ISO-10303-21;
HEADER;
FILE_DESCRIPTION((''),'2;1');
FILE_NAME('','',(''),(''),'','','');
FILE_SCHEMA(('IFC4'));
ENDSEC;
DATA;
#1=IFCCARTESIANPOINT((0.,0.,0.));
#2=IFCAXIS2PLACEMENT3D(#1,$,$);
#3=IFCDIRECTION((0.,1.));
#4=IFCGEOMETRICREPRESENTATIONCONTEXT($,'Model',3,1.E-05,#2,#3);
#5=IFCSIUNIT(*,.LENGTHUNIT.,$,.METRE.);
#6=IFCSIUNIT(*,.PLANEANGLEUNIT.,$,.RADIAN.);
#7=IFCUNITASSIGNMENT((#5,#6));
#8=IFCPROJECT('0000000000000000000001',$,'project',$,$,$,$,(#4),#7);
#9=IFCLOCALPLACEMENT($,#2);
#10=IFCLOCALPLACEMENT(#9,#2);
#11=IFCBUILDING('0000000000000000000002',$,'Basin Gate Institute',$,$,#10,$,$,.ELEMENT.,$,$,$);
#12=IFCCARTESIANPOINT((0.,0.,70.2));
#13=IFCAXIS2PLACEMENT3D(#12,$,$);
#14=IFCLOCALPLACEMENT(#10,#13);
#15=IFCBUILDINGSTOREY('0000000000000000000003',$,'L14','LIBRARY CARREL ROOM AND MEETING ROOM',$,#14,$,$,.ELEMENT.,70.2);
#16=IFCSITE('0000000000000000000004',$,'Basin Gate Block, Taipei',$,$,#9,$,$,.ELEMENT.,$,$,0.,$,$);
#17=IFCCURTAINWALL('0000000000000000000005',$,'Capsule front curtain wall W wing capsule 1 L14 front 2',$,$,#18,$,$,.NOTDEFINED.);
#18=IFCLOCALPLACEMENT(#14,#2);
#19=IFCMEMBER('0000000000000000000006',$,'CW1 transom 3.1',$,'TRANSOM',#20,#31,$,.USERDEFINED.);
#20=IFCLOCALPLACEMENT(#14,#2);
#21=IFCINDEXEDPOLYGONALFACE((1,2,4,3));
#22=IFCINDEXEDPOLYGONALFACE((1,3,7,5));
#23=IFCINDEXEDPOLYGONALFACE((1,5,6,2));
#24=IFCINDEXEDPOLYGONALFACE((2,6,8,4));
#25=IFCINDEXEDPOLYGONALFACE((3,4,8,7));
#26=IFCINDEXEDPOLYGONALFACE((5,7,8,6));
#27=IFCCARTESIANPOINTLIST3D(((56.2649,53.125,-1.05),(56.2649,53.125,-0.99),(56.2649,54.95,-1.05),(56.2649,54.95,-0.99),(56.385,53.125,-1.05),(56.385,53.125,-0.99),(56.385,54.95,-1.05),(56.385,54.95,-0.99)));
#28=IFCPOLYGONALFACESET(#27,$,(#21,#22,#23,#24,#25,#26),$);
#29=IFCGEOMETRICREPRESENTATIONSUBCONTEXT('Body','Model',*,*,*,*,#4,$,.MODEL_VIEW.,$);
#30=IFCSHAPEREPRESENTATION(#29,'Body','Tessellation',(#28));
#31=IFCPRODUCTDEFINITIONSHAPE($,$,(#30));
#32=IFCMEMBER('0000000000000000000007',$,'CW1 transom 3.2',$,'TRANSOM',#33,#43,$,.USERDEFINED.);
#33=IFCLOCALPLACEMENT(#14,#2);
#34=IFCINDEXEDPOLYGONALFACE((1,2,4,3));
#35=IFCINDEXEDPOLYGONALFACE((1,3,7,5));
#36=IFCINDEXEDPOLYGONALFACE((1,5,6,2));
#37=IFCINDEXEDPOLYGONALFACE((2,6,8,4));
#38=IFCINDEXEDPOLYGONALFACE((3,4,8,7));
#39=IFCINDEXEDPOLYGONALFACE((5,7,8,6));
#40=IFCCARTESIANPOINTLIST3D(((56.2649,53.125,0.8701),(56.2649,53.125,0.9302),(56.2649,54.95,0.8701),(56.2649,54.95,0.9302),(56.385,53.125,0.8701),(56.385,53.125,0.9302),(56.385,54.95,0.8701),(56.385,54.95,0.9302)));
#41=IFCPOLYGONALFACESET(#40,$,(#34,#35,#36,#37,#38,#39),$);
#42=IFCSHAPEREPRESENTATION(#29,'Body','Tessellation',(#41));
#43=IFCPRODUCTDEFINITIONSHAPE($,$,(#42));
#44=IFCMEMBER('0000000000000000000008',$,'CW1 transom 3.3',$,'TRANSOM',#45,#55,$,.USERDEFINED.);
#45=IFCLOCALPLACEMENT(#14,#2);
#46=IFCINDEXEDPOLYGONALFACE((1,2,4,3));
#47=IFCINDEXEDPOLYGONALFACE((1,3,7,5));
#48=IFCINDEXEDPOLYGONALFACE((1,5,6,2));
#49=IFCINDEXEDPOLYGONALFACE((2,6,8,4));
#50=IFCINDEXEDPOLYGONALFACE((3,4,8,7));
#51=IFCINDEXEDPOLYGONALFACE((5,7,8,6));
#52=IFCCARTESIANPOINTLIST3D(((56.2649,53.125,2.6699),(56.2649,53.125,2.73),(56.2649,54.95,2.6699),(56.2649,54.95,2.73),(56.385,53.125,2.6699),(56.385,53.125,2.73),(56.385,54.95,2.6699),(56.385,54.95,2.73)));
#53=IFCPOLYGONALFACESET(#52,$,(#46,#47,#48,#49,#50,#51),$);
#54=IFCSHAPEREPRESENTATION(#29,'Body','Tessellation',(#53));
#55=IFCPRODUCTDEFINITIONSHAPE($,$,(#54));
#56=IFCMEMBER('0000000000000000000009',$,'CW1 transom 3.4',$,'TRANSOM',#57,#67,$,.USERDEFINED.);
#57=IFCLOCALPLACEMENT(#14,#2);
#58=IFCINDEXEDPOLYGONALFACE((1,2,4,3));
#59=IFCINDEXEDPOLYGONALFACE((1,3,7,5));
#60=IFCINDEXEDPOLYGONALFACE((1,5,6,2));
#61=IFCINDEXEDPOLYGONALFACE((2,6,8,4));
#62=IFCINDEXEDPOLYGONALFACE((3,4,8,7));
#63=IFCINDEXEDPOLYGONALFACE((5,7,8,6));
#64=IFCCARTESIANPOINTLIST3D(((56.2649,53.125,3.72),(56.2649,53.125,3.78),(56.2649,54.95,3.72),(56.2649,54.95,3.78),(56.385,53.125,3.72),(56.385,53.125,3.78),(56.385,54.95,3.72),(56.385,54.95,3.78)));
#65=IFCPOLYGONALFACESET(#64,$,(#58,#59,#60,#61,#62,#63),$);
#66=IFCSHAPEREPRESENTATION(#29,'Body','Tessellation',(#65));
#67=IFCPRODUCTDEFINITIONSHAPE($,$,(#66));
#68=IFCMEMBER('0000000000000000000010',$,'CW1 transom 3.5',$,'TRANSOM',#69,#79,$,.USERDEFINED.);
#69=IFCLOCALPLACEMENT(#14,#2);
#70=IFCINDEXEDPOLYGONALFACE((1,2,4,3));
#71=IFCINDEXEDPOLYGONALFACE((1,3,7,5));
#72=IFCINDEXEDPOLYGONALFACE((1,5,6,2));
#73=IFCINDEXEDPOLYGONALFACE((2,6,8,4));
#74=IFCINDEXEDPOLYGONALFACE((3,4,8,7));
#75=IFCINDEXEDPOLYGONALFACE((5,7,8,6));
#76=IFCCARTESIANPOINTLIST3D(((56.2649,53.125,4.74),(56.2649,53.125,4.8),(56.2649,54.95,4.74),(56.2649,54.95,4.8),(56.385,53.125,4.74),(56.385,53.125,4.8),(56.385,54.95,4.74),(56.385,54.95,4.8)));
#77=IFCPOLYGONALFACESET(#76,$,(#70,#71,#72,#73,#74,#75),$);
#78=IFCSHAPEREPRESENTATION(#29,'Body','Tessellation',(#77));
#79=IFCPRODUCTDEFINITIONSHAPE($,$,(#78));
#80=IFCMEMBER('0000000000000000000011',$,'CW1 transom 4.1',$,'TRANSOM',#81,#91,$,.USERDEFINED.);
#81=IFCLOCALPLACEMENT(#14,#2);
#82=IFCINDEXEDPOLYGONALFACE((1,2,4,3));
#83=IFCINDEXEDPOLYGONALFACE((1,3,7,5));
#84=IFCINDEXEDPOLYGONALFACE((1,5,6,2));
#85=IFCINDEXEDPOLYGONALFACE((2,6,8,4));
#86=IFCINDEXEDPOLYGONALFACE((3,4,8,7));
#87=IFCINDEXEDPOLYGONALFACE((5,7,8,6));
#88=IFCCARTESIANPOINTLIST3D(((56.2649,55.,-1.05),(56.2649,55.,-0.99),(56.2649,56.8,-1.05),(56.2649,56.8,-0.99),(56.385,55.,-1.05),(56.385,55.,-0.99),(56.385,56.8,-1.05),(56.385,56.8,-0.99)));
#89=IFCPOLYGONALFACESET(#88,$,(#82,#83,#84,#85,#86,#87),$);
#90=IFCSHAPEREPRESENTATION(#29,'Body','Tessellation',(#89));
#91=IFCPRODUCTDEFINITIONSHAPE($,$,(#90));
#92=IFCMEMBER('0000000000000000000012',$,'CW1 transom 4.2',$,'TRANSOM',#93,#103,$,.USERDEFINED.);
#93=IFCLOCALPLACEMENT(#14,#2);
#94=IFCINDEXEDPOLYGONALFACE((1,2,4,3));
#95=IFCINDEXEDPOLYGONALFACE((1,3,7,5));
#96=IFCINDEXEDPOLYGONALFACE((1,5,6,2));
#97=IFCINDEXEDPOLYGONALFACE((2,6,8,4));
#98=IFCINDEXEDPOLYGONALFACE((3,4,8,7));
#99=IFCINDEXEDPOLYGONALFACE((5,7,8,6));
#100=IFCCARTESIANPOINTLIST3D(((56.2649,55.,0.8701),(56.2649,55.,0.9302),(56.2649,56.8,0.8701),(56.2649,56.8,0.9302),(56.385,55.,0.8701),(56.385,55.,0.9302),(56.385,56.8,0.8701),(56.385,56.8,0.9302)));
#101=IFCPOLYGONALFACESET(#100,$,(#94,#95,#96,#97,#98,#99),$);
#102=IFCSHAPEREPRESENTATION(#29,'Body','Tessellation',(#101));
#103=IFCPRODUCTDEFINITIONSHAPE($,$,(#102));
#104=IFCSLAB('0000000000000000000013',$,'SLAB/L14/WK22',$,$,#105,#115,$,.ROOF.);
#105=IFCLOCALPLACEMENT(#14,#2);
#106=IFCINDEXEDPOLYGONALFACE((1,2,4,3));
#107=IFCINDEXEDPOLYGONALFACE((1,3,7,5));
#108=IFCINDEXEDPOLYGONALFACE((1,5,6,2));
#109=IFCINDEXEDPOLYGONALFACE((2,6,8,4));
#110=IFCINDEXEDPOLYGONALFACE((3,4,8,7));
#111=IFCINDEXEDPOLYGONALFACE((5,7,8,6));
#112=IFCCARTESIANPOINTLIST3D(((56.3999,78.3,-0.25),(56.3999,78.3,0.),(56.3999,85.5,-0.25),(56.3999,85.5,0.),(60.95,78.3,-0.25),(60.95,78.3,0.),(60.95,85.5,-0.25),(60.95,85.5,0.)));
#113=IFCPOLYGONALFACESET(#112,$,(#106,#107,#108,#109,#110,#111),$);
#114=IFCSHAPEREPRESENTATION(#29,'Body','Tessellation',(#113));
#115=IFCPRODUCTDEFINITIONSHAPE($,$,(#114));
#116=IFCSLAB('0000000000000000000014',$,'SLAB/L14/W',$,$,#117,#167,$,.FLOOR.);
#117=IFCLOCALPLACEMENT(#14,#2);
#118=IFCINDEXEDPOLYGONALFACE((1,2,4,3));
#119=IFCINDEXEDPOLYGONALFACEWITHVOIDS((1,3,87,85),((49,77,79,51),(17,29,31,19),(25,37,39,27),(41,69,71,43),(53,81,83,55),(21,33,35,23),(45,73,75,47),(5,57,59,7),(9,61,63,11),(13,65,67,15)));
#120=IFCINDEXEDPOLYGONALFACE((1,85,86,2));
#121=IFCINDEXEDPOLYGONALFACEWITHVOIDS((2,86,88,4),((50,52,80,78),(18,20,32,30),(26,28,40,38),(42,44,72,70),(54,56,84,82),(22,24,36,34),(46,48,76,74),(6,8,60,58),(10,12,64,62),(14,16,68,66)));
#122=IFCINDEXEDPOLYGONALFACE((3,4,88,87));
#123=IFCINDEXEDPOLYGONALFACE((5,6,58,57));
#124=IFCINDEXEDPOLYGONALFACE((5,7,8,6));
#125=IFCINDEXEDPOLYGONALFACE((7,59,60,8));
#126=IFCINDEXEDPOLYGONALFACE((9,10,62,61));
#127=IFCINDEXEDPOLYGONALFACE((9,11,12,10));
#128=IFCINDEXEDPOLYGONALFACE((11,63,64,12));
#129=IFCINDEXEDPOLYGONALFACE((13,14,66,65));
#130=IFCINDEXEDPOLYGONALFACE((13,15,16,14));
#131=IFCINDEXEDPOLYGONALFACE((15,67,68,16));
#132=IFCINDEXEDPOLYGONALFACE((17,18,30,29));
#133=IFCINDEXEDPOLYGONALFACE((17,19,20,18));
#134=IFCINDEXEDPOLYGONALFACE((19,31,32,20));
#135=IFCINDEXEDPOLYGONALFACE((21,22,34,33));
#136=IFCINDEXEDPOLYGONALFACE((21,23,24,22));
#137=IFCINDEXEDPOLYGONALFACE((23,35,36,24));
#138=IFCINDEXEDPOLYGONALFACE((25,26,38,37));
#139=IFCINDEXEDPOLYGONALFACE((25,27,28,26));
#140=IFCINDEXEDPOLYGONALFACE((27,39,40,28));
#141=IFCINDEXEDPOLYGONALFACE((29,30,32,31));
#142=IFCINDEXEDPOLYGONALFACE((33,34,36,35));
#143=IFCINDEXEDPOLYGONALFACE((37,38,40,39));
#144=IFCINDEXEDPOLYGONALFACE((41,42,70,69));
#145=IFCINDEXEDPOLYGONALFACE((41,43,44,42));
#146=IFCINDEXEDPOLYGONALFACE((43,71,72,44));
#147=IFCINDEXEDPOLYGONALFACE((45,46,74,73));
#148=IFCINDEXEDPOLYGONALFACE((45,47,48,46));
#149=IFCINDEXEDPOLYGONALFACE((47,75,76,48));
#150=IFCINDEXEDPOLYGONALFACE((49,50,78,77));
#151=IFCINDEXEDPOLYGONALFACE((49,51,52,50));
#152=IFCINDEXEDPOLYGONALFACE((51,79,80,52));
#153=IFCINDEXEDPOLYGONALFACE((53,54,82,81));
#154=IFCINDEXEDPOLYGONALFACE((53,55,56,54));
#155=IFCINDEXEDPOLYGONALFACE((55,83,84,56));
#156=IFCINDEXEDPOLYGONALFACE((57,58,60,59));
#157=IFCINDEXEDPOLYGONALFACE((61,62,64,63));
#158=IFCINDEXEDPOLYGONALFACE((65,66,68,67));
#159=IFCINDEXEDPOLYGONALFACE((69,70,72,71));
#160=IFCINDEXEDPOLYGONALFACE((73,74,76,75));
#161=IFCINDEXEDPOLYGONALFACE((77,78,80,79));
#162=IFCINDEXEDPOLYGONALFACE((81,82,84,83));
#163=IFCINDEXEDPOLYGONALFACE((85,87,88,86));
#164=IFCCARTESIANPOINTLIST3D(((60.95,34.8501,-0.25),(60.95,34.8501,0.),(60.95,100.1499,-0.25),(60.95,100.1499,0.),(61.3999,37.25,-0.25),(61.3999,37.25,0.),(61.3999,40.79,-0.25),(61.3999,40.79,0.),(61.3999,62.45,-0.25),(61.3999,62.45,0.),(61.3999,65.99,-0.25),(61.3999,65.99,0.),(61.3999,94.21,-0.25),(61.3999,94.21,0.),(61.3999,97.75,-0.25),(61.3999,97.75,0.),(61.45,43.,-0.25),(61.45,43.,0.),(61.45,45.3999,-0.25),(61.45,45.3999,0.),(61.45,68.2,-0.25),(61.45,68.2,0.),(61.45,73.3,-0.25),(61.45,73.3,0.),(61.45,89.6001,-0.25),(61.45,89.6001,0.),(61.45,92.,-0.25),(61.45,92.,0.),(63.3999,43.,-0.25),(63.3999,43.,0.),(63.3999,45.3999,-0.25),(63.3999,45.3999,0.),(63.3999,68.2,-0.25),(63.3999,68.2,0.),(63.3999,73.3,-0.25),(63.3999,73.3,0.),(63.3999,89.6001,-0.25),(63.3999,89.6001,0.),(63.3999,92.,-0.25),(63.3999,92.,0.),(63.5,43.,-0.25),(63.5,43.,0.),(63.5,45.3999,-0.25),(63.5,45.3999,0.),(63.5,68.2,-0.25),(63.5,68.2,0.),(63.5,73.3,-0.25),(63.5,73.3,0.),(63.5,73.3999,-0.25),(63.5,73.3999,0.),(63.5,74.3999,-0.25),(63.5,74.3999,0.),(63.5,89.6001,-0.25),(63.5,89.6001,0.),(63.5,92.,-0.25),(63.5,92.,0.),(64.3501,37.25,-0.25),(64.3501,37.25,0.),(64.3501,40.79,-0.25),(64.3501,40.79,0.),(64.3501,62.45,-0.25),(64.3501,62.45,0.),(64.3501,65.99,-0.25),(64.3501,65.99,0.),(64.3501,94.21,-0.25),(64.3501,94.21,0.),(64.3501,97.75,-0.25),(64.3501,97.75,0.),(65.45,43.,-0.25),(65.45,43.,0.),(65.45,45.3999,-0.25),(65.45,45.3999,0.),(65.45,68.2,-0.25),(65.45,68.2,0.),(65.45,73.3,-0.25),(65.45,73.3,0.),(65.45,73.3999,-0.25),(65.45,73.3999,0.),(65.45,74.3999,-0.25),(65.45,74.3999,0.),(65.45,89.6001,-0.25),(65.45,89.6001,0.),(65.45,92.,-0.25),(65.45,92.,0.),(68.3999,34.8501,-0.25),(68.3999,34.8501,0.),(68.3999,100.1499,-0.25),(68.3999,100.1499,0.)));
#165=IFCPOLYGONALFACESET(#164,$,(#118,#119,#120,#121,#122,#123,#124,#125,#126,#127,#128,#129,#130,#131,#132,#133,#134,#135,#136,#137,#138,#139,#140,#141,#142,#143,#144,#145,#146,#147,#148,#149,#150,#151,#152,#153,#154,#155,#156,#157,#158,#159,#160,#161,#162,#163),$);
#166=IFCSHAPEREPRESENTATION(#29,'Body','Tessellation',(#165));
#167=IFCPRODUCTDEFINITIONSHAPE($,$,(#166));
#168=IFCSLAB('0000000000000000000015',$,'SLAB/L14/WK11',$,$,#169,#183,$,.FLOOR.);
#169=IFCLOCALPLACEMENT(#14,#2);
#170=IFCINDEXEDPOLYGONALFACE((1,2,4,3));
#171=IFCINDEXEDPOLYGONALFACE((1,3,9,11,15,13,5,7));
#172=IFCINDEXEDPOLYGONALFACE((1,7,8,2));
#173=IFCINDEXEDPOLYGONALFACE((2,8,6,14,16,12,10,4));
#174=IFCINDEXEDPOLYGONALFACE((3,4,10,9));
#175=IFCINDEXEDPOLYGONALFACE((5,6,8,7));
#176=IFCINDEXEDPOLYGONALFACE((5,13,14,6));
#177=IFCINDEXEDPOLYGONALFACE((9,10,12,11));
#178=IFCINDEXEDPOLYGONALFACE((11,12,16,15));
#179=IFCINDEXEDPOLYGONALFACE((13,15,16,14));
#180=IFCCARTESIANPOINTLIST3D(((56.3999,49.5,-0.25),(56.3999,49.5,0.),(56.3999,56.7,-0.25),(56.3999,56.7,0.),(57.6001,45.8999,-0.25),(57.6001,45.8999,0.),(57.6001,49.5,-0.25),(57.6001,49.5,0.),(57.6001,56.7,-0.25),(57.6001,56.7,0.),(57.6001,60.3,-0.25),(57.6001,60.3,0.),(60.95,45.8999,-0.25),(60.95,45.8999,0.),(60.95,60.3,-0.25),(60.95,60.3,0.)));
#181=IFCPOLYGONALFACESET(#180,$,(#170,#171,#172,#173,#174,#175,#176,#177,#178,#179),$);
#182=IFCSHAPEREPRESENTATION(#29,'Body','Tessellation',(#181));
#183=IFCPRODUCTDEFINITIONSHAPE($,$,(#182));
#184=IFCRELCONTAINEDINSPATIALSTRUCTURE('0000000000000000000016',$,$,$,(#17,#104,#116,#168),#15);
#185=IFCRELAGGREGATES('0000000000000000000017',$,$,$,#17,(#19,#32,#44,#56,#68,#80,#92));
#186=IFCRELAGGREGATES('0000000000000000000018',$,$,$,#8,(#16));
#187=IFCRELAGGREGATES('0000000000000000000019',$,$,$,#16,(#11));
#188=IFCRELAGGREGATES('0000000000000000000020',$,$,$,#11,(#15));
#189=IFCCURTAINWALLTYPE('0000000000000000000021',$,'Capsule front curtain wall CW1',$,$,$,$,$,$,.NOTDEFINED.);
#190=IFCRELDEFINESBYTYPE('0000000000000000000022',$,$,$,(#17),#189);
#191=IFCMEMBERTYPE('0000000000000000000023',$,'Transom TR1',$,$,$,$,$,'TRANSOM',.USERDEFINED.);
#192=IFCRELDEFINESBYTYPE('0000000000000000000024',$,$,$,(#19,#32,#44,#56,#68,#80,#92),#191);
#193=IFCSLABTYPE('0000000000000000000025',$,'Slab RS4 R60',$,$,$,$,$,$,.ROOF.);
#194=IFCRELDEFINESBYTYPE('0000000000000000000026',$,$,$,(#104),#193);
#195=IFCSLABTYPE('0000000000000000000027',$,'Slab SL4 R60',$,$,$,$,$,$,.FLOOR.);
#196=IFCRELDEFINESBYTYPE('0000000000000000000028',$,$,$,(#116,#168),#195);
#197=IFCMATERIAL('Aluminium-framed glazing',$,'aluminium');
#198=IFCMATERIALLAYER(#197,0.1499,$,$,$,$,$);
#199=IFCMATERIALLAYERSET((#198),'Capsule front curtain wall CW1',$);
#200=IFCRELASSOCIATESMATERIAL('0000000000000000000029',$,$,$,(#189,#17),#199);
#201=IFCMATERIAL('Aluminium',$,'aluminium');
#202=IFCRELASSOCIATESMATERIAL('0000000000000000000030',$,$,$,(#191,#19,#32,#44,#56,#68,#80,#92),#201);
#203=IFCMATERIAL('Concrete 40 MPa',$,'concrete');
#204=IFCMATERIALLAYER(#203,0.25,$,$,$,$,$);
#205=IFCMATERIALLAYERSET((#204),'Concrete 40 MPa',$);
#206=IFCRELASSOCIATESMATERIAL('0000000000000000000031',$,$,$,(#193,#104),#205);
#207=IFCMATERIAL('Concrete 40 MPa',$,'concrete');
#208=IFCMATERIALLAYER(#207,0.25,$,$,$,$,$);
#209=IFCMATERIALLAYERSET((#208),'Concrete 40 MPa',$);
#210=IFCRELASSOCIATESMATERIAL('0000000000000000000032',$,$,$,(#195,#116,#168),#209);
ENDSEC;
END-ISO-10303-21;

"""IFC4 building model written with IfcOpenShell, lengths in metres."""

from ifc_helpers import new_model, si_unit, direction, frame, origin, origin_2d, place, context, subcontext, project, spatial, polyline, rectangle, outline, extrude, material, layer, layer_set, material_profile, profile_set, type_object, element, aggregate, save


model = new_model("IFC4")

# Units and contexts
model_context = context("Model", 3, precision=1e-05, world=origin(), true_north=direction((0.0, 1.0)))
body_context = subcontext(model_context, "Body", "Model", "MODEL_VIEW")
ifc_project = project(units=[si_unit("LENGTHUNIT", "METRE"), si_unit("PLANEANGLEUNIT", "RADIAN")], contexts=[model_context])

# Site, building, storey
site_placement = place(None, origin())
site = spatial("IfcSite", under=ifc_project, at=site_placement, Name="Basin Gate Block, Taipei", CompositionType="ELEMENT", RefElevation=0.0)
building_placement = place(site_placement, origin())
building = spatial("IfcBuilding", under=site, at=building_placement, Name="Basin Gate Institute", CompositionType="ELEMENT")
storey_placement = place(building_placement, frame((0.0, 0.0, 70.2)))
storey = spatial("IfcBuildingStorey", under=building, at=storey_placement, Name="L14", Description="LIBRARY CARREL ROOM AND MEETING ROOM", CompositionType="ELEMENT", Elevation=70.2)

# Curtain wall, members
ifc_material_1 = material(Name="Aluminium-framed glazing", Category="aluminium")
ifc_layer_1 = layer(ifc_material_1, 0.1499)
ifc_layer_set_1 = layer_set([ifc_layer_1], Name="Capsule front curtain wall CW1")
curtain_wall_type = type_object("IfcCurtainWallType", Name="Capsule front curtain wall CW1", PredefinedType="NOTDEFINED", material=ifc_layer_set_1)
curtain_wall_placement = place(storey_placement, origin())
curtain_wall = element("IfcCurtainWall", 1, at=curtain_wall_placement, inside=storey, type_object=curtain_wall_type, material=ifc_layer_set_1, Name="Capsule front curtain wall W wing capsule 1 L14 front 2", PredefinedType="NOTDEFINED")
ifc_material_2 = material(Name="Aluminium", Category="aluminium")
ifc_material_profile_1 = material_profile(ifc_material_2, rectangle(XDim=0.1201, YDim=0.0601, at=origin_2d()), Name="Transom TR1 120 x 60")
ifc_profile_set_1 = profile_set([ifc_material_profile_1], Name="Aluminium")
member_type_1 = type_object("IfcMemberType", Name="Transom TR1", ElementType="TRANSOM", PredefinedType="USERDEFINED", material=ifc_profile_set_1)
member_1_placement = place(storey_placement, frame((56.325, 53.125, -1.02), z_axis=(0.0, 1.0, 0.0), x_axis=(-1.0, 0.0, 0.0)))
member_1 = element("IfcMember", 2, at=member_1_placement, type_object=member_type_1, material=ifc_profile_set_1, Name="CW1 transom 3.1", ObjectType="TRANSOM", PredefinedType="USERDEFINED", context=body_context, shape_type="SweptSolid", body=[
    extrude(rectangle(XDim=0.1201, YDim=0.0601, at=origin_2d()), origin(), (0.0, 0.0, 1.0), 1.825),
])
member_2_placement = place(storey_placement, frame((56.325, 53.125, 0.9001), z_axis=(0.0, 1.0, 0.0), x_axis=(-1.0, 0.0, 0.0)))
member_2 = element("IfcMember", 3, at=member_2_placement, type_object=member_type_1, material=ifc_profile_set_1, Name="CW1 transom 3.2", ObjectType="TRANSOM", PredefinedType="USERDEFINED", context=body_context, shape_type="SweptSolid", body=[
    extrude(rectangle(XDim=0.1201, YDim=0.0601, at=origin_2d()), origin(), (0.0, 0.0, 1.0), 1.825),
])
member_3_placement = place(storey_placement, frame((56.325, 53.125, 2.7), z_axis=(0.0, 1.0, 0.0), x_axis=(-1.0, 0.0, 0.0)))
member_3 = element("IfcMember", 4, at=member_3_placement, type_object=member_type_1, material=ifc_profile_set_1, Name="CW1 transom 3.3", ObjectType="TRANSOM", PredefinedType="USERDEFINED", context=body_context, shape_type="SweptSolid", body=[
    extrude(rectangle(XDim=0.1201, YDim=0.0601, at=origin_2d()), origin(), (0.0, 0.0, 1.0), 1.825),
])
member_4_placement = place(storey_placement, frame((56.325, 53.125, 3.75), z_axis=(0.0, 1.0, 0.0), x_axis=(-1.0, 0.0, 0.0)))
member_4 = element("IfcMember", 5, at=member_4_placement, type_object=member_type_1, material=ifc_profile_set_1, Name="CW1 transom 3.4", ObjectType="TRANSOM", PredefinedType="USERDEFINED", context=body_context, shape_type="SweptSolid", body=[
    extrude(rectangle(XDim=0.1201, YDim=0.0601, at=origin_2d()), origin(), (0.0, 0.0, 1.0), 1.825),
])
member_5_placement = place(storey_placement, frame((56.325, 53.125, 4.77), z_axis=(0.0, 1.0, 0.0), x_axis=(-1.0, 0.0, 0.0)))
member_5 = element("IfcMember", 6, at=member_5_placement, type_object=member_type_1, material=ifc_profile_set_1, Name="CW1 transom 3.5", ObjectType="TRANSOM", PredefinedType="USERDEFINED", context=body_context, shape_type="SweptSolid", body=[
    extrude(rectangle(XDim=0.1201, YDim=0.0601, at=origin_2d()), origin(), (0.0, 0.0, 1.0), 1.825),
])
member_6_placement = place(storey_placement, frame((56.325, 55.0, -1.02), z_axis=(0.0, 1.0, 0.0), x_axis=(-1.0, 0.0, 0.0)))
member_6 = element("IfcMember", 7, at=member_6_placement, type_object=member_type_1, material=ifc_profile_set_1, Name="CW1 transom 4.1", ObjectType="TRANSOM", PredefinedType="USERDEFINED", context=body_context, shape_type="SweptSolid", body=[
    extrude(rectangle(XDim=0.1201, YDim=0.0601, at=origin_2d()), origin(), (0.0, 0.0, 1.0), 1.8),
])
member_7_placement = place(storey_placement, frame((56.325, 55.0, 0.9001), z_axis=(0.0, 1.0, 0.0), x_axis=(-1.0, 0.0, 0.0)))
member_7 = element("IfcMember", 8, at=member_7_placement, type_object=member_type_1, material=ifc_profile_set_1, Name="CW1 transom 4.2", ObjectType="TRANSOM", PredefinedType="USERDEFINED", context=body_context, shape_type="SweptSolid", body=[
    extrude(rectangle(XDim=0.1201, YDim=0.0601, at=origin_2d()), origin(), (0.0, 0.0, 1.0), 1.8),
])

# Slabs
ifc_material_3 = material(Name="Concrete 40 MPa", Category="concrete")
ifc_layer_2 = layer(ifc_material_3, 0.25)
ifc_layer_set_2 = layer_set([ifc_layer_2], Name="Concrete 40 MPa")
slab_type_1 = type_object("IfcSlabType", Name="Slab RS4 R60", PredefinedType="ROOF", material=ifc_layer_set_2)
slab_1_placement = place(storey_placement, frame((0.0, 0.0, -0.25)))
element("IfcSlab", 9, at=slab_1_placement, inside=storey, type_object=slab_type_1, material=ifc_layer_set_2, Name="SLAB/L14/WK22", PredefinedType="ROOF", context=body_context, shape_type="SweptSolid", body=[
    extrude(outline(polyline([(60.95, 78.3), (56.3999, 78.3), (56.3999, 85.5), (60.95, 85.5), (60.95, 78.3)])), origin(), (0.0, 0.0, 1.0), 0.25),
])
ifc_material_4 = material(Name="Concrete 40 MPa", Category="concrete")
ifc_layer_3 = layer(ifc_material_4, 0.25)
ifc_layer_set_3 = layer_set([ifc_layer_3], Name="Concrete 40 MPa")
slab_type_2 = type_object("IfcSlabType", Name="Slab SL4 R60", PredefinedType="FLOOR", material=ifc_layer_set_3)
slab_2_placement = place(storey_placement, frame((0.0, 0.0, -0.25)))
element("IfcSlab", 10, at=slab_2_placement, inside=storey, type_object=slab_type_2, material=ifc_layer_set_3, Name="SLAB/L14/W", PredefinedType="FLOOR", context=body_context, shape_type="SweptSolid", body=[
    extrude(outline(polyline([(60.95, 34.8501), (68.3999, 34.8501), (68.3999, 100.1499), (60.95, 100.1499), (60.95, 34.8501)]), holes=[polyline([(61.3999, 37.25), (64.3501, 37.25), (64.3501, 40.79), (61.3999, 40.79), (61.3999, 37.25)]), polyline([(61.3999, 62.45), (64.3501, 62.45), (64.3501, 65.99), (61.3999, 65.99), (61.3999, 62.45)]), polyline([(61.3999, 94.21), (64.3501, 94.21), (64.3501, 97.75), (61.3999, 97.75), (61.3999, 94.21)]), polyline([(61.45, 43.0), (63.3999, 43.0), (63.3999, 45.3999), (61.45, 45.3999), (61.45, 43.0)]), polyline([(61.45, 68.2), (63.3999, 68.2), (63.3999, 73.3), (61.45, 73.3), (61.45, 68.2)]), polyline([(63.5, 73.3999), (65.45, 73.3999), (65.45, 74.3999), (63.5, 74.3999), (63.5, 73.3999)]), polyline([(61.45, 89.6001), (63.3999, 89.6001), (63.3999, 92.0), (61.45, 92.0), (61.45, 89.6001)]), polyline([(63.5, 43.0), (65.45, 43.0), (65.45, 45.3999), (63.5, 45.3999), (63.5, 43.0)]), polyline([(65.45, 68.2), (63.5, 68.2), (63.5, 73.3), (65.45, 73.3), (65.45, 68.2)]), polyline([(63.5, 89.6001), (65.45, 89.6001), (65.45, 92.0), (63.5, 92.0), (63.5, 89.6001)])]), origin(), (0.0, 0.0, 1.0), 0.25),
])
slab_3_placement = place(storey_placement, frame((0.0, 0.0, -0.25)))
element("IfcSlab", 11, at=slab_3_placement, inside=storey, type_object=slab_type_2, material=ifc_layer_set_3, Name="SLAB/L14/WK11", PredefinedType="FLOOR", context=body_context, shape_type="SweptSolid", body=[
    extrude(outline(polyline([(57.6001, 45.8999), (57.6001, 49.5), (56.3999, 49.5), (56.3999, 56.7), (57.6001, 56.7), (57.6001, 60.3), (60.95, 60.3), (60.95, 45.8999), (57.6001, 45.8999)])), origin(), (0.0, 0.0, 1.0), 0.25),
])

aggregate(curtain_wall, [member_1, member_2, member_3, member_4, member_5, member_6, member_7])

save(model, "model.ifc")
